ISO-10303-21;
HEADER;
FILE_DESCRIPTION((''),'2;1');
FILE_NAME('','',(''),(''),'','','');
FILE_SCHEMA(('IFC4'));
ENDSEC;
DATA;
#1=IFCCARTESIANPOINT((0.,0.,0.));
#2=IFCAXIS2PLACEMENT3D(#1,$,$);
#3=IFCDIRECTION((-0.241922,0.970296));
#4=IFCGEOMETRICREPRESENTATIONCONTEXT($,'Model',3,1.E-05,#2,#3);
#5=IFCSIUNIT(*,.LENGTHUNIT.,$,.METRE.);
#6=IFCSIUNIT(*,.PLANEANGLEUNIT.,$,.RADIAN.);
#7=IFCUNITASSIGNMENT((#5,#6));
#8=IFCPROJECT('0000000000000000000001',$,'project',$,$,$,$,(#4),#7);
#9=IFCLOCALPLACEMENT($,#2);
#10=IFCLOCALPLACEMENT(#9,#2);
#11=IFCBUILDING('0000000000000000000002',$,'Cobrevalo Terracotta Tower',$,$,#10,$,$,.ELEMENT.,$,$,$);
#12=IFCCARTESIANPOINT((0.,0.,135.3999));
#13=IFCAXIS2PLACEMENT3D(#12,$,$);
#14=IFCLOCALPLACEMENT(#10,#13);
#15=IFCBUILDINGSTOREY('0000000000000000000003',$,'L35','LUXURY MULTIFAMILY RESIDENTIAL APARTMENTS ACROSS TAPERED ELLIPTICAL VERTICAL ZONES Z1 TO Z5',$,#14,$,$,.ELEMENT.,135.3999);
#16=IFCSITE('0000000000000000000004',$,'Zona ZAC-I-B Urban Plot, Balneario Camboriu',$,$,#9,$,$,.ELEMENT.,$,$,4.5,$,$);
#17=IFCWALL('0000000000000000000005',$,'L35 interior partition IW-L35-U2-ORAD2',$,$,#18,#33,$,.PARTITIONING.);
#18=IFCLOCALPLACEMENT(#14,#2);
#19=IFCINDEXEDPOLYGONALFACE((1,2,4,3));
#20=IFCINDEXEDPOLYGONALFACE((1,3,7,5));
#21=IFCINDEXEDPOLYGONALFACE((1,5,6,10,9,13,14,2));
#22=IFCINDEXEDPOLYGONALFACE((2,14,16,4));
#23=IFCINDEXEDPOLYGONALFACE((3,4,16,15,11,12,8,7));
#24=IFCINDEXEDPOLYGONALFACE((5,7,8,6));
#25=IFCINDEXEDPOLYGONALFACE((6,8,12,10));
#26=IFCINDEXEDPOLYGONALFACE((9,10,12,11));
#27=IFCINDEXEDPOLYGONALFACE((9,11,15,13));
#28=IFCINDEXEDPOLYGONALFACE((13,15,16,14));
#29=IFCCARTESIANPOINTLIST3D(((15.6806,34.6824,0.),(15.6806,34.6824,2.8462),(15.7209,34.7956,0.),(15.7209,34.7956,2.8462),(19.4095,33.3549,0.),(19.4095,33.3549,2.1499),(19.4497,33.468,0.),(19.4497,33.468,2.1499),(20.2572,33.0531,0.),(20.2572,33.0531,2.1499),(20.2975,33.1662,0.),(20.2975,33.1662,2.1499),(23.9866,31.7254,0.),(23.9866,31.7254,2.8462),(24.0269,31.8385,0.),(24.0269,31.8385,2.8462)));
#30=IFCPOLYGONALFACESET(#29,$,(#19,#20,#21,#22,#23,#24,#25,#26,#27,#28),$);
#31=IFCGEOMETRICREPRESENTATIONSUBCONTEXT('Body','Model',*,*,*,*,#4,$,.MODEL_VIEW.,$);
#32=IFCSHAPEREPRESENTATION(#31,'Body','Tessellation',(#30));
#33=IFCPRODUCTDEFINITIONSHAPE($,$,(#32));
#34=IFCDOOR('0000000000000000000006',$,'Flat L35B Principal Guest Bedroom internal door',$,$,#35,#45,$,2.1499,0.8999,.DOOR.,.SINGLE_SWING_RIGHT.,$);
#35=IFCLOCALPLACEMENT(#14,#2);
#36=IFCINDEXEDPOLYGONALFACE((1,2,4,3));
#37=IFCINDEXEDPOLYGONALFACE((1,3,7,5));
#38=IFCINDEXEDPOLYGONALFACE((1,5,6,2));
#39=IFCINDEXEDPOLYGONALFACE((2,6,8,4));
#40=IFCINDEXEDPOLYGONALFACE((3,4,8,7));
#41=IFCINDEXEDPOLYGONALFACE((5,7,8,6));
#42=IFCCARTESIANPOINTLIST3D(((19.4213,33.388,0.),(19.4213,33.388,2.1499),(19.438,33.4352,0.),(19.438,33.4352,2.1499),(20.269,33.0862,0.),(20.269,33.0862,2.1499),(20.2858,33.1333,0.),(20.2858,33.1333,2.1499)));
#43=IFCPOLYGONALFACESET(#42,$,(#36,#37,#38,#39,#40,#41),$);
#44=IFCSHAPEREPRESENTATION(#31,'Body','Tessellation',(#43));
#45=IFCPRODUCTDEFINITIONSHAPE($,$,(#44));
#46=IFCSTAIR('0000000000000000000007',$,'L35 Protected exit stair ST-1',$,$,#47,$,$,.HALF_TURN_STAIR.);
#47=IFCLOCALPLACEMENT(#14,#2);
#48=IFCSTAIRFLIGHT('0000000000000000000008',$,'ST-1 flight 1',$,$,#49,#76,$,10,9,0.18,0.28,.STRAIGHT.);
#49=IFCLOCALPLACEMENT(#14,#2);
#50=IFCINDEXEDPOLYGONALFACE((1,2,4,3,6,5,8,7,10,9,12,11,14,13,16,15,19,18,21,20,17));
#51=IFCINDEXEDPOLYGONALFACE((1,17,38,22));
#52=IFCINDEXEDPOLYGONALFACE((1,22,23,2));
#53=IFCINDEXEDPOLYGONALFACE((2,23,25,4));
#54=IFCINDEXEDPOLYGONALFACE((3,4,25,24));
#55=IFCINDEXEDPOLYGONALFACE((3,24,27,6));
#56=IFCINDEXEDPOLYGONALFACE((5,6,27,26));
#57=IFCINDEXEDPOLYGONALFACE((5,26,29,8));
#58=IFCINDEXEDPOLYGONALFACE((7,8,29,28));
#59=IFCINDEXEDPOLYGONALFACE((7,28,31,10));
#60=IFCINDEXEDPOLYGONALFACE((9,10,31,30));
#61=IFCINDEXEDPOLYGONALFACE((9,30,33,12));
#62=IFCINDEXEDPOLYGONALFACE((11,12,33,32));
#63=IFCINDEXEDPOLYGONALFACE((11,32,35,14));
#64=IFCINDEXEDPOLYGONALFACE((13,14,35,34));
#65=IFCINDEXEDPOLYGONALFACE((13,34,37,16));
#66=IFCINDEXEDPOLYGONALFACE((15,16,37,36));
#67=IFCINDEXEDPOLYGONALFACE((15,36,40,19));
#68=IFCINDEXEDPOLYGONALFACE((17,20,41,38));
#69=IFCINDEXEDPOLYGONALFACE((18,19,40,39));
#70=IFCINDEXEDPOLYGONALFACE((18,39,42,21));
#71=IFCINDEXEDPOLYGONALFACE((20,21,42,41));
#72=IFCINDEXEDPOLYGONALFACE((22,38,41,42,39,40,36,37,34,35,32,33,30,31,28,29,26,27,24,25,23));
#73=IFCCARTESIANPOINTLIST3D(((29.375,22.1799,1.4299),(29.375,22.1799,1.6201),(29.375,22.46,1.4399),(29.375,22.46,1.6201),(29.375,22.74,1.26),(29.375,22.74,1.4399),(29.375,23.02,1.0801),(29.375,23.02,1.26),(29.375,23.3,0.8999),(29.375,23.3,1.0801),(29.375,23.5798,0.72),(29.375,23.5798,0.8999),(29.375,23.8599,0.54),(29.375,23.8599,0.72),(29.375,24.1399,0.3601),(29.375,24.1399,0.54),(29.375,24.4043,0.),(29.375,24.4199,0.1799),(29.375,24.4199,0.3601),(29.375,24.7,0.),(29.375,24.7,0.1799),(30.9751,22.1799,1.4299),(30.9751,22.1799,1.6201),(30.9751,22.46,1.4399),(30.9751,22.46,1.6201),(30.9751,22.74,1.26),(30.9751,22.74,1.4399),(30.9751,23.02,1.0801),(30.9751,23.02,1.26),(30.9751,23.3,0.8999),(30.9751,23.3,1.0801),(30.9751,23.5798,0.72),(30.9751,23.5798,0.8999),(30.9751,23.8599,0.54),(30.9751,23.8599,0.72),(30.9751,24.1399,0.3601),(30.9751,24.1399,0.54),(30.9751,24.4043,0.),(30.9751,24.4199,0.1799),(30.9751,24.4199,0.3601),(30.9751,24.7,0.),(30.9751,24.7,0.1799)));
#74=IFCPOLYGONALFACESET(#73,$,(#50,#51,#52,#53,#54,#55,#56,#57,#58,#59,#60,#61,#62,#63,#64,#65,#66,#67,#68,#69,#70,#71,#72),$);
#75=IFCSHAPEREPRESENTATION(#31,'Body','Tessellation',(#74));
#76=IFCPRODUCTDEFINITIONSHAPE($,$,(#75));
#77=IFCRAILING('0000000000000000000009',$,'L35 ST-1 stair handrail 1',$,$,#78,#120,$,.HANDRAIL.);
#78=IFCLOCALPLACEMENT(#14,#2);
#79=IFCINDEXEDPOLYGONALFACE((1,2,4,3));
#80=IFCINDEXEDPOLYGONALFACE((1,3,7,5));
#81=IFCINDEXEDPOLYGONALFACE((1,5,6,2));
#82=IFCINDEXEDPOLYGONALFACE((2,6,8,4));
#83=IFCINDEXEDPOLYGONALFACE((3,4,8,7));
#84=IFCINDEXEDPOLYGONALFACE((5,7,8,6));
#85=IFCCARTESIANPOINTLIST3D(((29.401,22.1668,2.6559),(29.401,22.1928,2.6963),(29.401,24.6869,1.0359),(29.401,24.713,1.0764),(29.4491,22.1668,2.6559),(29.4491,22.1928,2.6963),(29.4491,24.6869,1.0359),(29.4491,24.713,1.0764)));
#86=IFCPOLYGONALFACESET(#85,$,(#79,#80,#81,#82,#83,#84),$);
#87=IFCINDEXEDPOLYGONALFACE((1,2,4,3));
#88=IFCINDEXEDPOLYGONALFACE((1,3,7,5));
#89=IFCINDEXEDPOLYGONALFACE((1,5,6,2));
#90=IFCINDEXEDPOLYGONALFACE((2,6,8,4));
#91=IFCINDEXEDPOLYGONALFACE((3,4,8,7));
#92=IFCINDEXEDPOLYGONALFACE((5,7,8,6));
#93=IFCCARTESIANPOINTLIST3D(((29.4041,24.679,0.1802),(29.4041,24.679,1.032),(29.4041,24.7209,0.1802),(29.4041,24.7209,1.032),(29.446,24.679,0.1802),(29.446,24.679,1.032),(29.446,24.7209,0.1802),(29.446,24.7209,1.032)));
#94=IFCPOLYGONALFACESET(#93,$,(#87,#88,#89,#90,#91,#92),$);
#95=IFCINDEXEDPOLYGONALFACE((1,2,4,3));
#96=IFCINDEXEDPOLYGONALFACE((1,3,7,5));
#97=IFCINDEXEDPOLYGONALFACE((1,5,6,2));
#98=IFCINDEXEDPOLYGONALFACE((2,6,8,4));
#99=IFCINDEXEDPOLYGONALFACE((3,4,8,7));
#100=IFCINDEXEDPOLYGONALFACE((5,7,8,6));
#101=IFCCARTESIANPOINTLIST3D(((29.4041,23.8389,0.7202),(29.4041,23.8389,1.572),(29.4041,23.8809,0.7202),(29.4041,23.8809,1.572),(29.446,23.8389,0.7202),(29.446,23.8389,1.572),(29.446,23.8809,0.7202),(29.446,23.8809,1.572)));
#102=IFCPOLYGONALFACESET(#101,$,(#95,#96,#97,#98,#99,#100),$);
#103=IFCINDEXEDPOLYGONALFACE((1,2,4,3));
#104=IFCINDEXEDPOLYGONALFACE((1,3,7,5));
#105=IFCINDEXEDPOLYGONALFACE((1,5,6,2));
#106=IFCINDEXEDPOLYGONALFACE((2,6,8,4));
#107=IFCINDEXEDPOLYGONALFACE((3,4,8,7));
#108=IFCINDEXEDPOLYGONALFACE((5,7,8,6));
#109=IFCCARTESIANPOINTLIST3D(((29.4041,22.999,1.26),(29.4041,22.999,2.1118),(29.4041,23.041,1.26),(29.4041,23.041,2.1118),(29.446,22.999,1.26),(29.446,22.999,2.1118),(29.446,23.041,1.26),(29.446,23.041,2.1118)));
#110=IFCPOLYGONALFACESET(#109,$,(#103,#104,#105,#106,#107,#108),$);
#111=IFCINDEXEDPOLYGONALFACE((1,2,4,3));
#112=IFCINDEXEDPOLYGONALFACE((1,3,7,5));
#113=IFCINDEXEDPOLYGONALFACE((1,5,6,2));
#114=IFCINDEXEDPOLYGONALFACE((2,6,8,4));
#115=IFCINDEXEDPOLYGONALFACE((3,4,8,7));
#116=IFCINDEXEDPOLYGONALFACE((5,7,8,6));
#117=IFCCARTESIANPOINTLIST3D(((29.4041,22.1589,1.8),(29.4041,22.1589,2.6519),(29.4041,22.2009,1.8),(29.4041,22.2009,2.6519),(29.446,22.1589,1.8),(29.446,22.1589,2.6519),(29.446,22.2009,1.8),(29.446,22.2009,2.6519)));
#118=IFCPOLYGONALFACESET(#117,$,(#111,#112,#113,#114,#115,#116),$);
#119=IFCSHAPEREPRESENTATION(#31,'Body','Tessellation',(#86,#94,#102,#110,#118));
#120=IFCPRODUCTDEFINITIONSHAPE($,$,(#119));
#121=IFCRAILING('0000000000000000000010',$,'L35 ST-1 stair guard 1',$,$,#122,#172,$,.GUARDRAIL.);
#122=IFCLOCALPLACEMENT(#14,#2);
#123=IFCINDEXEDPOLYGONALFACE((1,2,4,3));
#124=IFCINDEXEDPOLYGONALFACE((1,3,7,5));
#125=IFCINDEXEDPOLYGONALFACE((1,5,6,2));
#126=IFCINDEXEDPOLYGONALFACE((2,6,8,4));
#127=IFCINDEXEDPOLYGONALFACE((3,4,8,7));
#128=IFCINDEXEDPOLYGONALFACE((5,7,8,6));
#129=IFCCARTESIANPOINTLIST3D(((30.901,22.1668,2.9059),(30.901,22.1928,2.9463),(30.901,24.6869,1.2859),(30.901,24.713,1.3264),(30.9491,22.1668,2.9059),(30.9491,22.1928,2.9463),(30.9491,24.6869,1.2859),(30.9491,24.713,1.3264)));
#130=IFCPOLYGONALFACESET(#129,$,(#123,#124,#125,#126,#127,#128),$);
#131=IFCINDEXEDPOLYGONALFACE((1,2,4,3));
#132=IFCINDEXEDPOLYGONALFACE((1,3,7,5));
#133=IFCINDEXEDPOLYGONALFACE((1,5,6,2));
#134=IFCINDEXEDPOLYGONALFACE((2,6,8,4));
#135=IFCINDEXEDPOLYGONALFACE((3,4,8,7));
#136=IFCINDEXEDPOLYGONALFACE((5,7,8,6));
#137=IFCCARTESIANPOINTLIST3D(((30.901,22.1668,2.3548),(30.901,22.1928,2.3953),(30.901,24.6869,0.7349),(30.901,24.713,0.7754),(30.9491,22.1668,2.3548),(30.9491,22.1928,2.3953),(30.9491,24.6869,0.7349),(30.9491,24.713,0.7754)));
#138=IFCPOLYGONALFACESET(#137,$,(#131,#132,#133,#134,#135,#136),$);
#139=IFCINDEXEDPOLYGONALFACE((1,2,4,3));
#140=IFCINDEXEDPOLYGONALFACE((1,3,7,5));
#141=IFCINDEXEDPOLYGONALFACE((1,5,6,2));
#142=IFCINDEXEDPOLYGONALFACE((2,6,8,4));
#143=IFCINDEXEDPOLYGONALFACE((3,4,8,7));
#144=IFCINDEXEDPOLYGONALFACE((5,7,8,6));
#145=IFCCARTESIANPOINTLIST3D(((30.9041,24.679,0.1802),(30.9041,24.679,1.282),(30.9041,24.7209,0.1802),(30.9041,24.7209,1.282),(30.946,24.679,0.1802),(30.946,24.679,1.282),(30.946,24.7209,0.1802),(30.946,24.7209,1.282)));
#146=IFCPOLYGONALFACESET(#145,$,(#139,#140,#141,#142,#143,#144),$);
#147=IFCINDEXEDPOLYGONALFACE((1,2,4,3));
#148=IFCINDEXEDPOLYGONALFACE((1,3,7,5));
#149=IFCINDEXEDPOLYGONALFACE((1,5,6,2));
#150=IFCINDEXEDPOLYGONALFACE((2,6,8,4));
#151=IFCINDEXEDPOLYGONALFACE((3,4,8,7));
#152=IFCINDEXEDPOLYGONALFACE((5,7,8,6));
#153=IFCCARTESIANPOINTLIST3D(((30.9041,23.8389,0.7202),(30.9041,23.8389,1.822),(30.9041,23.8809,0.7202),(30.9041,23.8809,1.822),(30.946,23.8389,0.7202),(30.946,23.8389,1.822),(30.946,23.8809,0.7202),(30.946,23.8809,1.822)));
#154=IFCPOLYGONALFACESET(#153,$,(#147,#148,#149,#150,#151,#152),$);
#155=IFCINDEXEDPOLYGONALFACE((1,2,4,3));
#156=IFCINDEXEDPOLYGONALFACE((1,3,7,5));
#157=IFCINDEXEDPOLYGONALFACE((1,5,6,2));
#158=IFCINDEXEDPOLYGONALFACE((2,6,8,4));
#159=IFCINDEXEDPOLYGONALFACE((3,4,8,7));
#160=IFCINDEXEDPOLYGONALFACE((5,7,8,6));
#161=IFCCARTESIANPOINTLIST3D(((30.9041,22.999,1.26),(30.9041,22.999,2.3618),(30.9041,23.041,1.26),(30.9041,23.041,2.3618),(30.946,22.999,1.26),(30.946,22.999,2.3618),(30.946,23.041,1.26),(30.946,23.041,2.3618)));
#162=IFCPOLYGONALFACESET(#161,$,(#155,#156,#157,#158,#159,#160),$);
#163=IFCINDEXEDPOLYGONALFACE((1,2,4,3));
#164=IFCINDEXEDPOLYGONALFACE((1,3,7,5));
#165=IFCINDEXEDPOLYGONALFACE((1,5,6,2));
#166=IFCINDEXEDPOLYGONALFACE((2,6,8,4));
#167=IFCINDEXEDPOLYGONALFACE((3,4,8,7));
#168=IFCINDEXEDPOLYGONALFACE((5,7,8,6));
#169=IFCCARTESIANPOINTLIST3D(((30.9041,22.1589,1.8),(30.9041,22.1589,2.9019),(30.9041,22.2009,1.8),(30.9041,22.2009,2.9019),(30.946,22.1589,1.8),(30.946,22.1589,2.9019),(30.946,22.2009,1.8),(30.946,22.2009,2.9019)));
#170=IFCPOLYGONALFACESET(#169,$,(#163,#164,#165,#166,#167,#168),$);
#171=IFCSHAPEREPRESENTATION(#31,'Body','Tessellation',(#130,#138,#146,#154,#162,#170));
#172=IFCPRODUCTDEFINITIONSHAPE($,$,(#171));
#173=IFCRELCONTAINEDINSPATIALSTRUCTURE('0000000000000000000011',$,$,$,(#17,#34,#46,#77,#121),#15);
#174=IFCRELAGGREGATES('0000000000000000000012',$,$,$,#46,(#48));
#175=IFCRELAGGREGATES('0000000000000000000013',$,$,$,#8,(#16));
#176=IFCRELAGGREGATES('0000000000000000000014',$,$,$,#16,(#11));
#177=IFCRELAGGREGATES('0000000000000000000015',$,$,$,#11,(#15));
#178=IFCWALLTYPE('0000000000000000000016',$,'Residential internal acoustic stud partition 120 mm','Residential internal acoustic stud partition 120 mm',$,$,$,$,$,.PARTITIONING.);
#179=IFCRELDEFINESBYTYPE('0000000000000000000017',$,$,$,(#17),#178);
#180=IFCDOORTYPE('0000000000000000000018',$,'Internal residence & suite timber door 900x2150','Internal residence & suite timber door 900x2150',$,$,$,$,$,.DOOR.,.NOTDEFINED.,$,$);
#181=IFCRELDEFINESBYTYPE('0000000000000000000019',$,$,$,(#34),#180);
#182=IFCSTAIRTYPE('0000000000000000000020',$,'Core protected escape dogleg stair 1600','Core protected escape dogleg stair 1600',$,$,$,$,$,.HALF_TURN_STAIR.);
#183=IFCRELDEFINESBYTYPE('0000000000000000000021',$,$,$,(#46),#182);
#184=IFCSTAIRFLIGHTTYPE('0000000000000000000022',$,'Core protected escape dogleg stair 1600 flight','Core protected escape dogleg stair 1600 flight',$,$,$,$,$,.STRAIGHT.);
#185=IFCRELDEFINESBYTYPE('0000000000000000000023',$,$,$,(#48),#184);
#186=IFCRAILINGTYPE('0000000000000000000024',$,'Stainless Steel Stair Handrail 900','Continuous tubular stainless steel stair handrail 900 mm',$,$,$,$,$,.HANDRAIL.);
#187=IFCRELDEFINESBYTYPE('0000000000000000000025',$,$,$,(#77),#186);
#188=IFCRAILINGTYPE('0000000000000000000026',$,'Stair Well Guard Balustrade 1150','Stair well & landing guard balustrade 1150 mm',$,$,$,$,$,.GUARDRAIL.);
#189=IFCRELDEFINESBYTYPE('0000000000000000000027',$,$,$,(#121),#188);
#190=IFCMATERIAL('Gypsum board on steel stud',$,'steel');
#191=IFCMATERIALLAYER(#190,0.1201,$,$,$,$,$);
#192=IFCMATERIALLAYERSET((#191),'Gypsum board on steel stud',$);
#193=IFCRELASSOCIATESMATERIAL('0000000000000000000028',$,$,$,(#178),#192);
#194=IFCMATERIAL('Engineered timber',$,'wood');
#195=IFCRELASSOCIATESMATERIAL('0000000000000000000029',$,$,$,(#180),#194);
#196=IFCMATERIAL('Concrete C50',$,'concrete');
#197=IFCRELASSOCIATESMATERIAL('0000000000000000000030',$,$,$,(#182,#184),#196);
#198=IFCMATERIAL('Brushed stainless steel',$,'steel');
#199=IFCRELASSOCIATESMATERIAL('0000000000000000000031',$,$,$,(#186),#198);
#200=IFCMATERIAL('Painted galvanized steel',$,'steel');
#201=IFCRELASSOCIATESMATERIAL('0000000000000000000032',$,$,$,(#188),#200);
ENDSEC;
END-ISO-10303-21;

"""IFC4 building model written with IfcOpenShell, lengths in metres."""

from ifc_helpers import new_model, si_unit, direction, frame, frame_2d, origin, origin_2d, place, context, subcontext, project, spatial, polyline, rectangle, outline, extrude, source, transform, mapped, material, layer, layer_set, type_object, element, fill, aggregate, save


model = new_model("IFC4")

# Units and contexts
model_context = context("Model", 3, precision=1e-05, world=origin(), true_north=direction((-0.241922, 0.970296)))
body_context = subcontext(model_context, "Body", "Model", "MODEL_VIEW")
ifc_project = project(units=[si_unit("LENGTHUNIT", "METRE"), si_unit("PLANEANGLEUNIT", "RADIAN")], contexts=[model_context])

# Site, building, storey
site_placement = place(None, origin())
site = spatial("IfcSite", under=ifc_project, at=site_placement, Name="Zona ZAC-I-B Urban Plot, Balneario Camboriu", CompositionType="ELEMENT", RefElevation=4.5)
building_placement = place(site_placement, origin())
building = spatial("IfcBuilding", under=site, at=building_placement, Name="Cobrevalo Terracotta Tower", CompositionType="ELEMENT")
storey_placement = place(building_placement, frame((0.0, 0.0, 135.3999)))
storey = spatial("IfcBuildingStorey", under=building, at=storey_placement, Name="L35", Description="LUXURY MULTIFAMILY RESIDENTIAL APARTMENTS ACROSS TAPERED ELLIPTICAL VERTICAL ZONES Z1 TO Z5", CompositionType="ELEMENT", Elevation=135.3999)

# Shared definitions
ifc_material_1 = material(Name="Gypsum board on steel stud", Category="steel")

# Shared definitions
ifc_material_2 = material(Name="Brushed stainless steel", Category="steel")

# Shared definitions
ifc_layer_1 = layer(ifc_material_1, 0.1201)
ifc_layer_set_1 = layer_set([ifc_layer_1], Name="Gypsum board on steel stud")
wall_type_1 = type_object("IfcWallType", Name="Residential internal acoustic stud partition 120 mm", Description="Residential internal acoustic stud partition 120 mm", PredefinedType="PARTITIONING", material=ifc_layer_set_1)

# Wall, opening, door
wall_1_placement = place(storey_placement, frame((24.0066, 31.782, 0.0), z_axis=(0.0, 0.0, 1.0), x_axis=(-0.942078, 0.335394, 0.0)))
wall_1 = element("IfcWall", 1, at=wall_1_placement, inside=storey, type_object=wall_type_1, Name="L35 interior partition IW-L35-U2-ORAD2", PredefinedType="PARTITIONING", context=body_context, shape_type="SweptSolid", body=[
    extrude(rectangle(XDim=8.8167, YDim=0.1201, at=frame_2d((4.4082, 0.0))), origin(), (0.0, 0.0, 1.0), 2.8462),
])
opening_1_placement = place(wall_1_placement, frame((3.9585, 0.0, 0.0)))
opening_1 = element("IfcOpeningElement", 2, at=opening_1_placement, cuts=wall_1, PredefinedType="OPENING", context=body_context, shape_type="SweptSolid", body=[
    extrude(rectangle(XDim=0.8999, YDim=2.1499, at=frame_2d((0.45, 1.075))), frame((0.0, 0.0701, 0.0), z_axis=(0.0, -1.0, 0.0), x_axis=(1.0, 0.0, 0.0)), (0.0, 0.0, 1.0), 0.1401),
])
ifc_material_3 = material(Name="Engineered timber", Category="wood")
door_type_1 = type_object("IfcDoorType", Name="Internal residence & suite timber door 900x2150", Description="Internal residence & suite timber door 900x2150", OperationType="NOTDEFINED", PredefinedType="DOOR", material=ifc_material_3)
shared_shape_1 = source(origin(), body_context, "Body", "SweptSolid", [
    extrude(rectangle(XDim=0.8999, YDim=2.1499, at=frame_2d((0.45, 1.075))), frame((0.0, 0.0249, 0.0), z_axis=(0.0, -1.0, 0.0), x_axis=(1.0, 0.0, 0.0)), (0.0, 0.0, 1.0), 0.05),
])
door_1_placement = place(opening_1_placement, origin())
door_1 = element("IfcDoor", 3, at=door_1_placement, inside=storey, type_object=door_type_1, Name="Flat L35B Principal Guest Bedroom internal door", OperationType="SINGLE_SWING_RIGHT", OverallHeight=2.1499, OverallWidth=0.8999, PredefinedType="DOOR", context=body_context, shape_type="MappedRepresentation", body=[
    mapped(shared_shape_1, transform((0.0, 0.0, 0.0), scale=1.0)),
])
fill(opening_1, door_1)
ifc_material_4 = material(Name="Concrete C50", Category="concrete")

# Stair, stair flight
stair_type = type_object("IfcStairType", Name="Core protected escape dogleg stair 1600", Description="Core protected escape dogleg stair 1600", PredefinedType="HALF_TURN_STAIR", material=ifc_material_4)
stair_placement = place(storey_placement, origin())
stair = element("IfcStair", 4, at=stair_placement, inside=storey, type_object=stair_type, Name="L35 Protected exit stair ST-1", PredefinedType="HALF_TURN_STAIR")
stair_flight_type = type_object("IfcStairFlightType", Name="Core protected escape dogleg stair 1600 flight", Description="Core protected escape dogleg stair 1600 flight", PredefinedType="STRAIGHT", material=ifc_material_4)
stair_flight_placement = place(storey_placement, frame((30.175, 24.7, 0.0), z_axis=(0.0, 0.0, 1.0), x_axis=(0.0, -1.0, 0.0)))
stair_flight = element("IfcStairFlight", 5, at=stair_flight_placement, type_object=stair_flight_type, Name="ST-1 flight 1", NumberOfRisers=10, NumberOfTreads=9, PredefinedType="STRAIGHT", RiserHeight=0.18, TreadLength=0.28, context=body_context, shape_type="SweptSolid", body=[
    extrude(outline(polyline([(0.0, 0.0), (0.0, 0.1799), (0.28, 0.1799), (0.28, 0.3601), (0.5601, 0.3601), (0.5601, 0.54), (0.8401, 0.54), (0.8401, 0.72), (1.1201, 0.72), (1.1201, 0.8999), (1.3999, 0.8999), (1.3999, 1.0801), (1.6799, 1.0801), (1.6799, 1.26), (1.96, 1.26), (1.96, 1.4399), (2.24, 1.4399), (2.24, 1.6201), (2.52, 1.6201), (2.52, 1.8), (2.52, 1.4299), (0.2957, 0.0), (0.0, 0.0)])), frame((0.0, 0.8, 0.0), z_axis=(0.0, -1.0, 0.0), x_axis=(1.0, 0.0, 0.0)), (0.0, 0.0, 1.0), 1.6001),
])
aggregate(stair, [stair_flight])

# Railings
railing_type_1 = type_object("IfcRailingType", Name="Stainless Steel Stair Handrail 900", Description="Continuous tubular stainless steel stair handrail 900 mm", PredefinedType="HANDRAIL", material=ifc_material_2)
railing_1_placement = place(storey_placement, frame((29.425, 24.7, 0.1802)))
element("IfcRailing", 6, at=railing_1_placement, inside=storey, type_object=railing_type_1, Name="L35 ST-1 stair handrail 1", PredefinedType="HANDRAIL", context=body_context, shape_type="SweptSolid", body=[
    extrude(rectangle(XDim=0.0481, YDim=0.0481, at=origin_2d()), frame((0.0, 0.0, 0.876), z_axis=(0.0, -0.8412, 0.540725), x_axis=(1.0, 0.0, 0.0)), (0.0, 0.0, 1.0), 2.9958),
    extrude(rectangle(XDim=0.042, YDim=0.042, at=origin_2d()), origin(), (0.0, 0.0, 1.0), 0.8518),
    extrude(rectangle(XDim=0.042, YDim=0.042, at=origin_2d()), frame((0.0, -0.8401, 0.54)), (0.0, 0.0, 1.0), 0.8518),
    extrude(rectangle(XDim=0.042, YDim=0.042, at=origin_2d()), frame((0.0, -1.6799, 1.0798)), (0.0, 0.0, 1.0), 0.8518),
    extrude(rectangle(XDim=0.042, YDim=0.042, at=origin_2d()), frame((0.0, -2.52, 1.6199)), (0.0, 0.0, 1.0), 0.8518),
])
ifc_material_5 = material(Name="Painted galvanized steel", Category="steel")
railing_type_2 = type_object("IfcRailingType", Name="Stair Well Guard Balustrade 1150", Description="Stair well & landing guard balustrade 1150 mm", PredefinedType="GUARDRAIL", material=ifc_material_5)
railing_2_placement = place(storey_placement, frame((30.925, 24.7, 0.1802)))
element("IfcRailing", 7, at=railing_2_placement, inside=storey, type_object=railing_type_2, Name="L35 ST-1 stair guard 1", PredefinedType="GUARDRAIL", context=body_context, shape_type="SweptSolid", body=[
    extrude(rectangle(XDim=0.0481, YDim=0.0481, at=origin_2d()), frame((0.0, 0.0, 1.126), z_axis=(0.0, -0.8412, 0.540725), x_axis=(1.0, 0.0, 0.0)), (0.0, 0.0, 1.0), 2.9958),
    extrude(rectangle(XDim=0.0481, YDim=0.0481, at=origin_2d()), frame((0.0, 0.0, 0.575), z_axis=(0.0, -0.8412, 0.540725), x_axis=(1.0, 0.0, 0.0)), (0.0, 0.0, 1.0), 2.9958),
    extrude(rectangle(XDim=0.042, YDim=0.042, at=origin_2d()), origin(), (0.0, 0.0, 1.0), 1.1018),
    extrude(rectangle(XDim=0.042, YDim=0.042, at=origin_2d()), frame((0.0, -0.8401, 0.54)), (0.0, 0.0, 1.0), 1.1018),
    extrude(rectangle(XDim=0.042, YDim=0.042, at=origin_2d()), frame((0.0, -1.6799, 1.0798)), (0.0, 0.0, 1.0), 1.1018),
    extrude(rectangle(XDim=0.042, YDim=0.042, at=origin_2d()), frame((0.0, -2.52, 1.6199)), (0.0, 0.0, 1.0), 1.1018),
])

save(model, "model.ifc")
